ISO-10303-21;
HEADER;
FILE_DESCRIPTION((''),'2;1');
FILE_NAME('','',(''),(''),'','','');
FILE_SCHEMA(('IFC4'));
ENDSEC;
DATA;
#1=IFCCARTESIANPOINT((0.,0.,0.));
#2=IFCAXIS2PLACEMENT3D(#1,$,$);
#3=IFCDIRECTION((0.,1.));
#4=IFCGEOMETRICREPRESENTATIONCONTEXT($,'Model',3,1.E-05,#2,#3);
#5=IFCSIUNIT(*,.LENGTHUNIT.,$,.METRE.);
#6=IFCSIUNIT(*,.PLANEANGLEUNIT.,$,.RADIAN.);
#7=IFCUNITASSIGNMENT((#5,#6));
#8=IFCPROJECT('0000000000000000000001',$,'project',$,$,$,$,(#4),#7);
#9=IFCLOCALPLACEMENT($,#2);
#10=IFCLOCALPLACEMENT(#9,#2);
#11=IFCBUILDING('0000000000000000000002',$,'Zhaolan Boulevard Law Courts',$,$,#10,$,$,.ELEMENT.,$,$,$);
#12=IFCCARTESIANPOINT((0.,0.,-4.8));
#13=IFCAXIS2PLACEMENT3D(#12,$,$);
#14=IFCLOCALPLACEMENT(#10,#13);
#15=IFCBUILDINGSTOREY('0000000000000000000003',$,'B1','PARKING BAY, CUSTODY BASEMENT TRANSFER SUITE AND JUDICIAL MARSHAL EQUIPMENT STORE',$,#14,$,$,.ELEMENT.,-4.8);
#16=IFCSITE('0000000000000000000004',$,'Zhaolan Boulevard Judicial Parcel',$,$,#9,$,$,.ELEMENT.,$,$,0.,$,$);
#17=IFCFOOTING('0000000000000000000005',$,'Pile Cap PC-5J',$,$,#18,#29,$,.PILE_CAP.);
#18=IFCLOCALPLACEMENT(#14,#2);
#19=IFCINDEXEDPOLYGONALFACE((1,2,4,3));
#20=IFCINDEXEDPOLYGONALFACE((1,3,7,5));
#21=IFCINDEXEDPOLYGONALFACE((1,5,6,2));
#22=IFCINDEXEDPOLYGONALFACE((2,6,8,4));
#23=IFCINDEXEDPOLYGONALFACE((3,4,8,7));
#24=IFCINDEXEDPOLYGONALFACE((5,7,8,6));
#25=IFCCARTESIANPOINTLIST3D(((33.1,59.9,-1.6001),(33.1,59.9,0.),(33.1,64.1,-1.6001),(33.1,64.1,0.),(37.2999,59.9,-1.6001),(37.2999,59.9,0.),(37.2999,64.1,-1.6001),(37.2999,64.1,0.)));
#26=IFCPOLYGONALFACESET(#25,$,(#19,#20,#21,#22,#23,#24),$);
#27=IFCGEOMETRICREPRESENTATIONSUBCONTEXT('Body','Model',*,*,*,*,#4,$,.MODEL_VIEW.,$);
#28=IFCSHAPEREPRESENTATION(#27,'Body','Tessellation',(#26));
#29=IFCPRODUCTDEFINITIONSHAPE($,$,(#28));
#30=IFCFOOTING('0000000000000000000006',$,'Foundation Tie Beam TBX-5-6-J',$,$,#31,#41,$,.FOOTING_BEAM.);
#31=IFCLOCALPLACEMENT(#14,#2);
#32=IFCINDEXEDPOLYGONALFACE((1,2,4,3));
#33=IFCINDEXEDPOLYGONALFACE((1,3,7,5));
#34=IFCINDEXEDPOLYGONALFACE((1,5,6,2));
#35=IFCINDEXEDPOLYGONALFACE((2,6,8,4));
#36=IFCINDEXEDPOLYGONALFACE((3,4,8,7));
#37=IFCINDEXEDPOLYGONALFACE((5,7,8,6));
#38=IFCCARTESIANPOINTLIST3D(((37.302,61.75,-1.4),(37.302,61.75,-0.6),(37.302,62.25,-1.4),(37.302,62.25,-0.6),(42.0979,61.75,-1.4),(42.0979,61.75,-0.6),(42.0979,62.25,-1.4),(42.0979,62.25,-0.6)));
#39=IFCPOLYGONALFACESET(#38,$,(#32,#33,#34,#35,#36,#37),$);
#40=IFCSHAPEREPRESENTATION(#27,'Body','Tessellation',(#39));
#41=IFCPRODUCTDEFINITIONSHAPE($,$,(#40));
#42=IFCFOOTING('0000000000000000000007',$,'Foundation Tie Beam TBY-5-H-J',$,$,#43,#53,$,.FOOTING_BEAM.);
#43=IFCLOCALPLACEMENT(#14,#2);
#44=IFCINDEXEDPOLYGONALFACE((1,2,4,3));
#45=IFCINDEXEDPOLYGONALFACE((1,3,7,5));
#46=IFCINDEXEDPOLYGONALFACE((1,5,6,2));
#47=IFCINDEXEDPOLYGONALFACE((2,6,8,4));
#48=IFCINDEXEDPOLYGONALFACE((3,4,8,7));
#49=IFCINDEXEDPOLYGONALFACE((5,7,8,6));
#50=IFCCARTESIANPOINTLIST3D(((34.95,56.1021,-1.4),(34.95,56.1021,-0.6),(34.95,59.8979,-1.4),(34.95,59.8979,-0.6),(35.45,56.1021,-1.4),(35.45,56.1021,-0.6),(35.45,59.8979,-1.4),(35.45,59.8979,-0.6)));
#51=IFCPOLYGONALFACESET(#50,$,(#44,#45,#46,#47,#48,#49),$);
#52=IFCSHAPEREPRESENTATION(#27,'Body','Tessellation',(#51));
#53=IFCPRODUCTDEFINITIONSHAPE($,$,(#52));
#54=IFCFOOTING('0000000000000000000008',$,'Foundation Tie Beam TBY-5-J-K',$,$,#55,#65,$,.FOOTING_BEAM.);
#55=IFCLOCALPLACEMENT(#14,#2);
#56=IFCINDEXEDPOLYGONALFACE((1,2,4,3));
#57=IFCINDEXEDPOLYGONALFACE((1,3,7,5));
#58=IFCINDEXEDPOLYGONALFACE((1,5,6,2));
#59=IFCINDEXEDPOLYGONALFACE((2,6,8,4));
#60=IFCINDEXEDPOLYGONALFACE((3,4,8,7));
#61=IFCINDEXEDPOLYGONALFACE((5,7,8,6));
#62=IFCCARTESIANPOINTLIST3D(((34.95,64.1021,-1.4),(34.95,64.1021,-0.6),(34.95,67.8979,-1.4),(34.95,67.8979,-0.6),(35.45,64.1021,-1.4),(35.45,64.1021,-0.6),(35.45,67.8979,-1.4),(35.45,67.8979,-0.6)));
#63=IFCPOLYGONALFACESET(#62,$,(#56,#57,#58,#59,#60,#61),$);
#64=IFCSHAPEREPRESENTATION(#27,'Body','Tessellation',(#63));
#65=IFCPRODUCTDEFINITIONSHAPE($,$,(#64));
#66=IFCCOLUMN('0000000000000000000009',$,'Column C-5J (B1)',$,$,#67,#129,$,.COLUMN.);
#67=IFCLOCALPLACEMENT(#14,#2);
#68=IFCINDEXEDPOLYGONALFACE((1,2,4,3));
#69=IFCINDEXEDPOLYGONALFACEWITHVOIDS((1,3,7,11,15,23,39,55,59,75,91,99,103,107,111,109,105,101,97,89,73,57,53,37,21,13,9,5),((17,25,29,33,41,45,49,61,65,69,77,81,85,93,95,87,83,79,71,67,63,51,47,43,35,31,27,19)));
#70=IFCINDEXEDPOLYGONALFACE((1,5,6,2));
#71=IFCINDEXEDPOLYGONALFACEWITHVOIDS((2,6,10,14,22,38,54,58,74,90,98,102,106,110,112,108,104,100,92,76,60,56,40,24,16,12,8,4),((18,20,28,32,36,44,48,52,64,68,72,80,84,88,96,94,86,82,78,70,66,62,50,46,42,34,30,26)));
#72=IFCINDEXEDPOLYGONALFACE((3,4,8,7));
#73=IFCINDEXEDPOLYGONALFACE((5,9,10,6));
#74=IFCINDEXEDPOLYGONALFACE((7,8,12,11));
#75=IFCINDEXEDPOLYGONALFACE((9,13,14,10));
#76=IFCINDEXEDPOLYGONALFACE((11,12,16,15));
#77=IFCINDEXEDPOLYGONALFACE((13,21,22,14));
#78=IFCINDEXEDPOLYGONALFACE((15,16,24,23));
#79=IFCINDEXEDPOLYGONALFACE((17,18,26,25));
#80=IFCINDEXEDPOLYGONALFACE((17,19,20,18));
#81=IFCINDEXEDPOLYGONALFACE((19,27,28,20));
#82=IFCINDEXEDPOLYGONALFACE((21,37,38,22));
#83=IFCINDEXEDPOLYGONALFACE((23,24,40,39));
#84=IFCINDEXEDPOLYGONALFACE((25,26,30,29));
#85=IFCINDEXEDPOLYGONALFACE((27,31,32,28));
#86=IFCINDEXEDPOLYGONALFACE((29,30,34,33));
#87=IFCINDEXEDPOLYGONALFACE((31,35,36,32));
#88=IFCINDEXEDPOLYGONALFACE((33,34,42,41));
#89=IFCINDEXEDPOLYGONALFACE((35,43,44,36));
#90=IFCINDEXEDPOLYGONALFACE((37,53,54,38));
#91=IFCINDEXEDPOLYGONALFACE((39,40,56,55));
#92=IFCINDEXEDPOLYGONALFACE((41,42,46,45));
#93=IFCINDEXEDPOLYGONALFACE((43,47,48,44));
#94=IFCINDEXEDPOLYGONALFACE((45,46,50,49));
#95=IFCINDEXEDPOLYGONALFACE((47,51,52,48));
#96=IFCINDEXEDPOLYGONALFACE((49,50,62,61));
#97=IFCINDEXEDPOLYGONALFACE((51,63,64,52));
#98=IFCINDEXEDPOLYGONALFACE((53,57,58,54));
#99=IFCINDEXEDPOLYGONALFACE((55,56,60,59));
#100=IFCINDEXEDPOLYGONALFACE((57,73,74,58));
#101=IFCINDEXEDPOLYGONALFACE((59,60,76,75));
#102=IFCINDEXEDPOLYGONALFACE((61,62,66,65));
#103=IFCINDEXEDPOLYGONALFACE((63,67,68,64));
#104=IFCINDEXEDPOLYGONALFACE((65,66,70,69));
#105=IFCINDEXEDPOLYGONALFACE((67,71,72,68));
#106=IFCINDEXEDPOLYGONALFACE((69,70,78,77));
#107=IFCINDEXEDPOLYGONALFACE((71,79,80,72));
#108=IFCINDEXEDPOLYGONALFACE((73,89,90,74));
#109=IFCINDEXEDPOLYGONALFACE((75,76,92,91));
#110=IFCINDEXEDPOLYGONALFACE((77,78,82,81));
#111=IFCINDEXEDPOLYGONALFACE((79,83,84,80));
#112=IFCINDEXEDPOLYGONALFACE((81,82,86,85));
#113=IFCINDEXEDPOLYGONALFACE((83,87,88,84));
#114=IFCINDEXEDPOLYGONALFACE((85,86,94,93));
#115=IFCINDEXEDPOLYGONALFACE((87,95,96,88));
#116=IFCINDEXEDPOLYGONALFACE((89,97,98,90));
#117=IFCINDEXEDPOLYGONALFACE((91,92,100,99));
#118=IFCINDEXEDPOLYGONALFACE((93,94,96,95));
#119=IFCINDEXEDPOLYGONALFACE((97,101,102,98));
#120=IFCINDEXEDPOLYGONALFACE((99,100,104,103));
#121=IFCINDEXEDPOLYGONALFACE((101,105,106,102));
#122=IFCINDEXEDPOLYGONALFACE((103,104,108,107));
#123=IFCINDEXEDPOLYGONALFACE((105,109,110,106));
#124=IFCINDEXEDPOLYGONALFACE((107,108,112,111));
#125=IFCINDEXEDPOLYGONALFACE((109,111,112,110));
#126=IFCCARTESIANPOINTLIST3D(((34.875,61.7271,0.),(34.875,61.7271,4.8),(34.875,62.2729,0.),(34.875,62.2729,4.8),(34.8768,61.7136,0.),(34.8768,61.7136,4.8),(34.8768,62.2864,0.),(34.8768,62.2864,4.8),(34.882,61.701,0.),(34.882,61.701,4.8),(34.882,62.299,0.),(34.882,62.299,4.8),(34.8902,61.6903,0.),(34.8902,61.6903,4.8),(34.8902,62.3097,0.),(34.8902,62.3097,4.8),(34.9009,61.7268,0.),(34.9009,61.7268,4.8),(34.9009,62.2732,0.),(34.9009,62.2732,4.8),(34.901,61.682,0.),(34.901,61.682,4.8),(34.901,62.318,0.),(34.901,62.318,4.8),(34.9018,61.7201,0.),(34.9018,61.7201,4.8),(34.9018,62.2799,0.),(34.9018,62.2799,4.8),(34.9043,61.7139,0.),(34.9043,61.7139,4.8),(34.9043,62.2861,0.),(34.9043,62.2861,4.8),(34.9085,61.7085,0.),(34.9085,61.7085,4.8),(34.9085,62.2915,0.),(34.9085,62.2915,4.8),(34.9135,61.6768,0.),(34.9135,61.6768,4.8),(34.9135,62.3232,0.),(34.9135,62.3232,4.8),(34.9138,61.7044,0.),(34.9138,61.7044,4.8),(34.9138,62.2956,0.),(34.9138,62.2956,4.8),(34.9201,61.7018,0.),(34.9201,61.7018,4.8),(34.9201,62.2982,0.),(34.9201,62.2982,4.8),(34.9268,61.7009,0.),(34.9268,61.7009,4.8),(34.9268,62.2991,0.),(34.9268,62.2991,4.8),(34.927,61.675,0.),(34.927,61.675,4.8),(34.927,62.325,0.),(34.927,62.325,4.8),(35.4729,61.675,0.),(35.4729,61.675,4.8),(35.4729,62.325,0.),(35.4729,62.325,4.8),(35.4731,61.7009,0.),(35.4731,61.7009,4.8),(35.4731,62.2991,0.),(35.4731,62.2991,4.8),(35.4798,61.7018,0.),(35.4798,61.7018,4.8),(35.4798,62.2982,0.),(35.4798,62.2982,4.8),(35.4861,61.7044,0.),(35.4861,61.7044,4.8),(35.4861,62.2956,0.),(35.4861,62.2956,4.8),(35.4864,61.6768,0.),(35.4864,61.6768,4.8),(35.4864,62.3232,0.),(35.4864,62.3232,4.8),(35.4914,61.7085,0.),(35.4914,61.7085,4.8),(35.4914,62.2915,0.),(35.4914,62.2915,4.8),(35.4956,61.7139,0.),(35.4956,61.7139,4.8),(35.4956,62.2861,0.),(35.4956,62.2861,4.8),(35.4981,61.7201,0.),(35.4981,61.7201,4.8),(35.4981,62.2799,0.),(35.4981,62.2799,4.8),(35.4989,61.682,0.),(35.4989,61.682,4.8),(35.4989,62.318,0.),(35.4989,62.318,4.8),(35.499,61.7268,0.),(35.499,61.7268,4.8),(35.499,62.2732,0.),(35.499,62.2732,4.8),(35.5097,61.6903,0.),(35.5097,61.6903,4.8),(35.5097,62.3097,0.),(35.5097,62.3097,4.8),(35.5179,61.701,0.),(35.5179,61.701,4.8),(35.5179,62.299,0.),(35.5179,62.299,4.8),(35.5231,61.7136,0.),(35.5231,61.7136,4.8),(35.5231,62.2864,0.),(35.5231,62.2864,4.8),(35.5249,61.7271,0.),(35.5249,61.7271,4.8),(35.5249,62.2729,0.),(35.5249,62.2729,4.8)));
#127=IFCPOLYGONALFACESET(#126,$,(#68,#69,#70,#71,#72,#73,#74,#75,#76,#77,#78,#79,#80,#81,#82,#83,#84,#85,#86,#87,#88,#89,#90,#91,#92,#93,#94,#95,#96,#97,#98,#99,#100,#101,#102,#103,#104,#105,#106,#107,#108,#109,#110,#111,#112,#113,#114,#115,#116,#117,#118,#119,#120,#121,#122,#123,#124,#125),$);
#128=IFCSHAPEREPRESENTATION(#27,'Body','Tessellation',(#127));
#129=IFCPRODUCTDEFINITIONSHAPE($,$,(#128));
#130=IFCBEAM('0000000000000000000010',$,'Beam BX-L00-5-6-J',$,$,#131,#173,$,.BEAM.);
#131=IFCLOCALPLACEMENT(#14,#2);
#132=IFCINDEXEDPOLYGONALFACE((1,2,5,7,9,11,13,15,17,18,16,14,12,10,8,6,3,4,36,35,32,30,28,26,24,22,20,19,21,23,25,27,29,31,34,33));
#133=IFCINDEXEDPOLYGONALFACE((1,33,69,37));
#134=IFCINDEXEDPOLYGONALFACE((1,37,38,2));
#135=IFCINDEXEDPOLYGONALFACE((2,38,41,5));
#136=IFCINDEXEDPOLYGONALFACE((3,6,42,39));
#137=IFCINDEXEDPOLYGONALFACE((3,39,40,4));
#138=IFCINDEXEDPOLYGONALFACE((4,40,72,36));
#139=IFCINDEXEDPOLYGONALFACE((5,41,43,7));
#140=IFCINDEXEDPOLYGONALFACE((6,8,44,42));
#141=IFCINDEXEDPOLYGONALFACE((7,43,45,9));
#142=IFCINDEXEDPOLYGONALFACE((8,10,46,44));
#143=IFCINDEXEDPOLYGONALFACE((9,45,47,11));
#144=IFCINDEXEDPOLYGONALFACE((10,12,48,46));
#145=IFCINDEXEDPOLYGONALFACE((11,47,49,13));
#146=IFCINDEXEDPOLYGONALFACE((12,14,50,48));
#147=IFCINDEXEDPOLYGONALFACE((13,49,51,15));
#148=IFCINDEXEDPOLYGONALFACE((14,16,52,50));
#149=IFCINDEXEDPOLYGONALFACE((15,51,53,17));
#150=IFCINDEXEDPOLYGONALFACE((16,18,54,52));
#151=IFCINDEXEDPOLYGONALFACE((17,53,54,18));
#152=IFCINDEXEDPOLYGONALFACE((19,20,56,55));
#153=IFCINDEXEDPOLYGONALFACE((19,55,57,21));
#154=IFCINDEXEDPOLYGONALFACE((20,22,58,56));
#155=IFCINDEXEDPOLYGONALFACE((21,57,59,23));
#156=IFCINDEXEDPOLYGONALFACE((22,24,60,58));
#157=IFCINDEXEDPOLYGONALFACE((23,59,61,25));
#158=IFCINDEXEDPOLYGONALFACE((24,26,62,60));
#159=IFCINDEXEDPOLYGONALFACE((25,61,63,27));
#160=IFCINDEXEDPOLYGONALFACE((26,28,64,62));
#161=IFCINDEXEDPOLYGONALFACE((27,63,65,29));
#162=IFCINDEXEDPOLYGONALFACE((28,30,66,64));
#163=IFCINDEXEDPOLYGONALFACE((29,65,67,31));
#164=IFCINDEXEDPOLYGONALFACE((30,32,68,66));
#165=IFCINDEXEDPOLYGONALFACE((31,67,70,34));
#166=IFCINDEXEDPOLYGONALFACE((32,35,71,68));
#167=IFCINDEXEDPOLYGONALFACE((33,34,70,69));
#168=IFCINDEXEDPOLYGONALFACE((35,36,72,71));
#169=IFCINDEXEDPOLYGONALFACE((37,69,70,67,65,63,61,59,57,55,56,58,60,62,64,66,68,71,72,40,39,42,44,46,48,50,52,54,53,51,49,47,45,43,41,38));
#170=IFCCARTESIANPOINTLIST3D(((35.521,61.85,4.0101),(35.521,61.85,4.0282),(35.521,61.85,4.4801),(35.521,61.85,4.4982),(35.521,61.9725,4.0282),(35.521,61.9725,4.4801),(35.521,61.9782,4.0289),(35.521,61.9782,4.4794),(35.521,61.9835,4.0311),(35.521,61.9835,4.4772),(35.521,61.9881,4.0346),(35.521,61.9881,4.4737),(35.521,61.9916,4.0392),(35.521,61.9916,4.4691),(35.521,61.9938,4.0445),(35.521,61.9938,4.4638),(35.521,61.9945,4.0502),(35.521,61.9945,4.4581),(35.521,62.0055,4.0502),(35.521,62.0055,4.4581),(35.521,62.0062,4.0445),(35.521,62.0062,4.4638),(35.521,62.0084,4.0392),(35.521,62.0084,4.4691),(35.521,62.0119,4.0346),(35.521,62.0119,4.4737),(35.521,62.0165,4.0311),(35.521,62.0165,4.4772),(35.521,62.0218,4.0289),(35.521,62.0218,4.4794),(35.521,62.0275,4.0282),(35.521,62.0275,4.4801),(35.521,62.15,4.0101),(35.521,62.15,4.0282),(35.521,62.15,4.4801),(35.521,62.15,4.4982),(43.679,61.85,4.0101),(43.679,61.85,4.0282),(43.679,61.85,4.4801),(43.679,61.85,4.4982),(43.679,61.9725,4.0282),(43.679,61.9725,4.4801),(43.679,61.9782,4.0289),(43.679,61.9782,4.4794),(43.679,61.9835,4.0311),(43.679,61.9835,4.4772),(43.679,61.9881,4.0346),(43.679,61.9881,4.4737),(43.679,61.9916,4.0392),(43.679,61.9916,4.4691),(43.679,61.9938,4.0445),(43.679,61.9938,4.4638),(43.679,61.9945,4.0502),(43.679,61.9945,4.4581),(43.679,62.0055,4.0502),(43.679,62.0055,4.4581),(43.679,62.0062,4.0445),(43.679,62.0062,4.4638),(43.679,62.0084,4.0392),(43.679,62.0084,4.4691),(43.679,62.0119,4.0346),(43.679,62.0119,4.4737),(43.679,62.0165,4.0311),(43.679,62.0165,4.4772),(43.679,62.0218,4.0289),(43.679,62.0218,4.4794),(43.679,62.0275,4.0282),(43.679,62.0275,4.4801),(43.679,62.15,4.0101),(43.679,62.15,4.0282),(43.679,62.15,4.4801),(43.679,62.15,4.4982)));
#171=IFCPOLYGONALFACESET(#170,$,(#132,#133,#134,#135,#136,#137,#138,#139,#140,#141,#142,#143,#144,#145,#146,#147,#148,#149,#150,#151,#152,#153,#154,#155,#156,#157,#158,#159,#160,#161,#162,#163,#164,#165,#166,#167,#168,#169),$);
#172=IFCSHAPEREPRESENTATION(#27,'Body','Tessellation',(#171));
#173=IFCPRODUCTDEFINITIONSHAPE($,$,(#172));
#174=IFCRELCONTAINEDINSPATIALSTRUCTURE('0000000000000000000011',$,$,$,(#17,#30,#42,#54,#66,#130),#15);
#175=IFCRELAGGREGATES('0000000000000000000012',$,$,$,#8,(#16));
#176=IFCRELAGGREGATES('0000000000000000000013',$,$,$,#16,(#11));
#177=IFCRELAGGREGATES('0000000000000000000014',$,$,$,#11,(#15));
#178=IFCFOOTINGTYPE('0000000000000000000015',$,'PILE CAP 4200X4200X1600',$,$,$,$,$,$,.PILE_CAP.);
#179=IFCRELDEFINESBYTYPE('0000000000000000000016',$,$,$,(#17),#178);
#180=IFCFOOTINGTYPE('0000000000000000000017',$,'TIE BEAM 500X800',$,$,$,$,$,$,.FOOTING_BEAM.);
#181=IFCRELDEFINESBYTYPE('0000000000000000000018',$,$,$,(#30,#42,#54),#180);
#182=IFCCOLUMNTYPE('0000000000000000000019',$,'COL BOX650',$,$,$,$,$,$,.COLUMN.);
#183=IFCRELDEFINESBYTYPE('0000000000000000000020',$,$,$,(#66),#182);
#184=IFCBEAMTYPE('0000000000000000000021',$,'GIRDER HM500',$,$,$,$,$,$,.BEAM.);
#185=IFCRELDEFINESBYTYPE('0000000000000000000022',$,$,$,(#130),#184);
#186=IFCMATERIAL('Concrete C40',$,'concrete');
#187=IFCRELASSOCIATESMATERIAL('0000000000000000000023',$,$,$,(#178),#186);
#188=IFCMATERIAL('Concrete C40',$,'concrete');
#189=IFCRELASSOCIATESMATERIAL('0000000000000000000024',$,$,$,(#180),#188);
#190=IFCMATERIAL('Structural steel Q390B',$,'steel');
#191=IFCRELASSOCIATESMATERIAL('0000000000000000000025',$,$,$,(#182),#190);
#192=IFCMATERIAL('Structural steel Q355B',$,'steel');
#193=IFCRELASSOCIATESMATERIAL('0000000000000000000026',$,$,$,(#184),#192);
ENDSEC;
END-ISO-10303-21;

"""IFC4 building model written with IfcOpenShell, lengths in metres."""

from ifc_helpers import new_model, si_unit, direction, frame, origin, origin_2d, place, context, subcontext, project, spatial, rectangle, hollow_rectangle, i_section, extrude, material, material_profile, profile_set, type_object, element, save


model = new_model("IFC4")

# Units and contexts
model_context = context("Model", 3, precision=1e-05, world=origin(), true_north=direction((0.0, 1.0)))
body_context = subcontext(model_context, "Body", "Model", "MODEL_VIEW")
ifc_project = project(units=[si_unit("LENGTHUNIT", "METRE"), si_unit("PLANEANGLEUNIT", "RADIAN")], contexts=[model_context])

# Site, building, storey
site_placement = place(None, origin())
site = spatial("IfcSite", under=ifc_project, at=site_placement, Name="Zhaolan Boulevard Judicial Parcel", CompositionType="ELEMENT", RefElevation=0.0)
building_placement = place(site_placement, origin())
building = spatial("IfcBuilding", under=site, at=building_placement, Name="Zhaolan Boulevard Law Courts", CompositionType="ELEMENT")
storey_placement = place(building_placement, frame((0.0, 0.0, -4.8)))
storey = spatial("IfcBuildingStorey", under=building, at=storey_placement, Name="B1", Description="PARKING BAY, CUSTODY BASEMENT TRANSFER SUITE AND JUDICIAL MARSHAL EQUIPMENT STORE", CompositionType="ELEMENT", Elevation=-4.8)

# Footings
ifc_material_1 = material(Name="Concrete C40", Category="concrete")
footing_type_1 = type_object("IfcFootingType", Name="PILE CAP 4200X4200X1600", PredefinedType="PILE_CAP", material=ifc_material_1)
footing_1_placement = place(storey_placement, frame((35.2, 62.0, -1.6001), z_axis=(0.0, 0.0, 1.0), x_axis=(1.0, 0.0, 0.0)))
element("IfcFooting", 1, at=footing_1_placement, inside=storey, type_object=footing_type_1, Name="Pile Cap PC-5J", PredefinedType="PILE_CAP", context=body_context, shape_type="SweptSolid", body=[
    extrude(rectangle(XDim=4.2, YDim=4.2, at=origin_2d()), origin(), (0.0, 0.0, 1.0), 1.6001),
])
ifc_material_2 = material(Name="Concrete C40", Category="concrete")
ifc_material_profile_1 = material_profile(ifc_material_2, rectangle(XDim=0.5, YDim=0.8, at=origin_2d()), Name="RC500x800")
ifc_profile_set_1 = profile_set([ifc_material_profile_1], Name="Concrete C40")
footing_type_2 = type_object("IfcFootingType", Name="TIE BEAM 500X800", PredefinedType="FOOTING_BEAM", material=ifc_profile_set_1)
footing_2_placement = place(storey_placement, frame((37.302, 62.0, -1.0), z_axis=(1.0, 0.0, 0.0), x_axis=(0.0, 1.0, 0.0)))
element("IfcFooting", 2, at=footing_2_placement, inside=storey, type_object=footing_type_2, Name="Foundation Tie Beam TBX-5-6-J", PredefinedType="FOOTING_BEAM", context=body_context, shape_type="SweptSolid", body=[
    extrude(rectangle(XDim=0.5, YDim=0.8, at=origin_2d()), origin(), (0.0, 0.0, 1.0), 4.7959),
])
for number, where, z_axis, x_axis, name in (
    (3, (35.2, 56.1021, -1.0), (0.0, 1.0, 0.0), (-1.0, 0.0, 0.0), "Foundation Tie Beam TBY-5-H-J"),
    (4, (35.2, 64.1021, -1.0), (0.0, 1.0, 0.0), (-1.0, 0.0, 0.0), "Foundation Tie Beam TBY-5-J-K"),
):
    element("IfcFooting", number, at=place(storey_placement, frame(where, z_axis=z_axis, x_axis=x_axis)), inside=storey, type_object=footing_type_2, Name=name, PredefinedType="FOOTING_BEAM", context=body_context, shape_type="SweptSolid", body=[
        extrude(rectangle(XDim=0.5, YDim=0.8, at=origin_2d()), origin(), (0.0, 0.0, 1.0), 3.7959),
    ])

# Column
ifc_material_3 = material(Name="Structural steel Q390B", Category="steel")
ifc_material_profile_2 = material_profile(ifc_material_3, hollow_rectangle(XDim=0.6499, YDim=0.6499, WallThickness=0.0259, InnerFilletRadius=0.0259, OuterFilletRadius=0.052, at=origin_2d()), Name="BOX650x650x26")
ifc_profile_set_2 = profile_set([ifc_material_profile_2], Name="Structural steel Q390B")
column_type = type_object("IfcColumnType", Name="COL BOX650", PredefinedType="COLUMN", material=ifc_profile_set_2)
column_placement = place(storey_placement, frame((35.2, 62.0, 0.0), z_axis=(0.0, 0.0, 1.0), x_axis=(1.0, 0.0, 0.0)))
element("IfcColumn", 5, at=column_placement, inside=storey, type_object=column_type, Name="Column C-5J (B1)", PredefinedType="COLUMN", context=body_context, shape_type="SweptSolid", body=[
    extrude(hollow_rectangle(XDim=0.6499, YDim=0.6499, WallThickness=0.0259, InnerFilletRadius=0.0259, OuterFilletRadius=0.052, at=origin_2d()), origin(), (0.0, 0.0, 1.0), 4.8),
])

# Beam
ifc_material_4 = material(Name="Structural steel Q355B", Category="steel")
ifc_material_profile_3 = material_profile(ifc_material_4, i_section(OverallWidth=0.3, OverallDepth=0.488, WebThickness=0.011, FlangeThickness=0.0181, FilletRadius=0.022, at=origin_2d()), Name="HM488x300")
ifc_profile_set_3 = profile_set([ifc_material_profile_3], Name="Structural steel Q355B")
beam_type_1 = type_object("IfcBeamType", Name="GIRDER HM500", PredefinedType="BEAM", material=ifc_profile_set_3)
beam_1_placement = place(storey_placement, frame((35.521, 62.0, 4.2542), z_axis=(1.0, 0.0, 0.0), x_axis=(0.0, 1.0, 0.0)))
element("IfcBeam", 6, at=beam_1_placement, inside=storey, type_object=beam_type_1, Name="Beam BX-L00-5-6-J", PredefinedType="BEAM", context=body_context, shape_type="SweptSolid", body=[
    extrude(i_section(OverallWidth=0.3, OverallDepth=0.488, WebThickness=0.011, FlangeThickness=0.0181, FilletRadius=0.022, at=origin_2d()), origin(), (0.0, 0.0, 1.0), 8.158),
])

save(model, "model.ifc")
